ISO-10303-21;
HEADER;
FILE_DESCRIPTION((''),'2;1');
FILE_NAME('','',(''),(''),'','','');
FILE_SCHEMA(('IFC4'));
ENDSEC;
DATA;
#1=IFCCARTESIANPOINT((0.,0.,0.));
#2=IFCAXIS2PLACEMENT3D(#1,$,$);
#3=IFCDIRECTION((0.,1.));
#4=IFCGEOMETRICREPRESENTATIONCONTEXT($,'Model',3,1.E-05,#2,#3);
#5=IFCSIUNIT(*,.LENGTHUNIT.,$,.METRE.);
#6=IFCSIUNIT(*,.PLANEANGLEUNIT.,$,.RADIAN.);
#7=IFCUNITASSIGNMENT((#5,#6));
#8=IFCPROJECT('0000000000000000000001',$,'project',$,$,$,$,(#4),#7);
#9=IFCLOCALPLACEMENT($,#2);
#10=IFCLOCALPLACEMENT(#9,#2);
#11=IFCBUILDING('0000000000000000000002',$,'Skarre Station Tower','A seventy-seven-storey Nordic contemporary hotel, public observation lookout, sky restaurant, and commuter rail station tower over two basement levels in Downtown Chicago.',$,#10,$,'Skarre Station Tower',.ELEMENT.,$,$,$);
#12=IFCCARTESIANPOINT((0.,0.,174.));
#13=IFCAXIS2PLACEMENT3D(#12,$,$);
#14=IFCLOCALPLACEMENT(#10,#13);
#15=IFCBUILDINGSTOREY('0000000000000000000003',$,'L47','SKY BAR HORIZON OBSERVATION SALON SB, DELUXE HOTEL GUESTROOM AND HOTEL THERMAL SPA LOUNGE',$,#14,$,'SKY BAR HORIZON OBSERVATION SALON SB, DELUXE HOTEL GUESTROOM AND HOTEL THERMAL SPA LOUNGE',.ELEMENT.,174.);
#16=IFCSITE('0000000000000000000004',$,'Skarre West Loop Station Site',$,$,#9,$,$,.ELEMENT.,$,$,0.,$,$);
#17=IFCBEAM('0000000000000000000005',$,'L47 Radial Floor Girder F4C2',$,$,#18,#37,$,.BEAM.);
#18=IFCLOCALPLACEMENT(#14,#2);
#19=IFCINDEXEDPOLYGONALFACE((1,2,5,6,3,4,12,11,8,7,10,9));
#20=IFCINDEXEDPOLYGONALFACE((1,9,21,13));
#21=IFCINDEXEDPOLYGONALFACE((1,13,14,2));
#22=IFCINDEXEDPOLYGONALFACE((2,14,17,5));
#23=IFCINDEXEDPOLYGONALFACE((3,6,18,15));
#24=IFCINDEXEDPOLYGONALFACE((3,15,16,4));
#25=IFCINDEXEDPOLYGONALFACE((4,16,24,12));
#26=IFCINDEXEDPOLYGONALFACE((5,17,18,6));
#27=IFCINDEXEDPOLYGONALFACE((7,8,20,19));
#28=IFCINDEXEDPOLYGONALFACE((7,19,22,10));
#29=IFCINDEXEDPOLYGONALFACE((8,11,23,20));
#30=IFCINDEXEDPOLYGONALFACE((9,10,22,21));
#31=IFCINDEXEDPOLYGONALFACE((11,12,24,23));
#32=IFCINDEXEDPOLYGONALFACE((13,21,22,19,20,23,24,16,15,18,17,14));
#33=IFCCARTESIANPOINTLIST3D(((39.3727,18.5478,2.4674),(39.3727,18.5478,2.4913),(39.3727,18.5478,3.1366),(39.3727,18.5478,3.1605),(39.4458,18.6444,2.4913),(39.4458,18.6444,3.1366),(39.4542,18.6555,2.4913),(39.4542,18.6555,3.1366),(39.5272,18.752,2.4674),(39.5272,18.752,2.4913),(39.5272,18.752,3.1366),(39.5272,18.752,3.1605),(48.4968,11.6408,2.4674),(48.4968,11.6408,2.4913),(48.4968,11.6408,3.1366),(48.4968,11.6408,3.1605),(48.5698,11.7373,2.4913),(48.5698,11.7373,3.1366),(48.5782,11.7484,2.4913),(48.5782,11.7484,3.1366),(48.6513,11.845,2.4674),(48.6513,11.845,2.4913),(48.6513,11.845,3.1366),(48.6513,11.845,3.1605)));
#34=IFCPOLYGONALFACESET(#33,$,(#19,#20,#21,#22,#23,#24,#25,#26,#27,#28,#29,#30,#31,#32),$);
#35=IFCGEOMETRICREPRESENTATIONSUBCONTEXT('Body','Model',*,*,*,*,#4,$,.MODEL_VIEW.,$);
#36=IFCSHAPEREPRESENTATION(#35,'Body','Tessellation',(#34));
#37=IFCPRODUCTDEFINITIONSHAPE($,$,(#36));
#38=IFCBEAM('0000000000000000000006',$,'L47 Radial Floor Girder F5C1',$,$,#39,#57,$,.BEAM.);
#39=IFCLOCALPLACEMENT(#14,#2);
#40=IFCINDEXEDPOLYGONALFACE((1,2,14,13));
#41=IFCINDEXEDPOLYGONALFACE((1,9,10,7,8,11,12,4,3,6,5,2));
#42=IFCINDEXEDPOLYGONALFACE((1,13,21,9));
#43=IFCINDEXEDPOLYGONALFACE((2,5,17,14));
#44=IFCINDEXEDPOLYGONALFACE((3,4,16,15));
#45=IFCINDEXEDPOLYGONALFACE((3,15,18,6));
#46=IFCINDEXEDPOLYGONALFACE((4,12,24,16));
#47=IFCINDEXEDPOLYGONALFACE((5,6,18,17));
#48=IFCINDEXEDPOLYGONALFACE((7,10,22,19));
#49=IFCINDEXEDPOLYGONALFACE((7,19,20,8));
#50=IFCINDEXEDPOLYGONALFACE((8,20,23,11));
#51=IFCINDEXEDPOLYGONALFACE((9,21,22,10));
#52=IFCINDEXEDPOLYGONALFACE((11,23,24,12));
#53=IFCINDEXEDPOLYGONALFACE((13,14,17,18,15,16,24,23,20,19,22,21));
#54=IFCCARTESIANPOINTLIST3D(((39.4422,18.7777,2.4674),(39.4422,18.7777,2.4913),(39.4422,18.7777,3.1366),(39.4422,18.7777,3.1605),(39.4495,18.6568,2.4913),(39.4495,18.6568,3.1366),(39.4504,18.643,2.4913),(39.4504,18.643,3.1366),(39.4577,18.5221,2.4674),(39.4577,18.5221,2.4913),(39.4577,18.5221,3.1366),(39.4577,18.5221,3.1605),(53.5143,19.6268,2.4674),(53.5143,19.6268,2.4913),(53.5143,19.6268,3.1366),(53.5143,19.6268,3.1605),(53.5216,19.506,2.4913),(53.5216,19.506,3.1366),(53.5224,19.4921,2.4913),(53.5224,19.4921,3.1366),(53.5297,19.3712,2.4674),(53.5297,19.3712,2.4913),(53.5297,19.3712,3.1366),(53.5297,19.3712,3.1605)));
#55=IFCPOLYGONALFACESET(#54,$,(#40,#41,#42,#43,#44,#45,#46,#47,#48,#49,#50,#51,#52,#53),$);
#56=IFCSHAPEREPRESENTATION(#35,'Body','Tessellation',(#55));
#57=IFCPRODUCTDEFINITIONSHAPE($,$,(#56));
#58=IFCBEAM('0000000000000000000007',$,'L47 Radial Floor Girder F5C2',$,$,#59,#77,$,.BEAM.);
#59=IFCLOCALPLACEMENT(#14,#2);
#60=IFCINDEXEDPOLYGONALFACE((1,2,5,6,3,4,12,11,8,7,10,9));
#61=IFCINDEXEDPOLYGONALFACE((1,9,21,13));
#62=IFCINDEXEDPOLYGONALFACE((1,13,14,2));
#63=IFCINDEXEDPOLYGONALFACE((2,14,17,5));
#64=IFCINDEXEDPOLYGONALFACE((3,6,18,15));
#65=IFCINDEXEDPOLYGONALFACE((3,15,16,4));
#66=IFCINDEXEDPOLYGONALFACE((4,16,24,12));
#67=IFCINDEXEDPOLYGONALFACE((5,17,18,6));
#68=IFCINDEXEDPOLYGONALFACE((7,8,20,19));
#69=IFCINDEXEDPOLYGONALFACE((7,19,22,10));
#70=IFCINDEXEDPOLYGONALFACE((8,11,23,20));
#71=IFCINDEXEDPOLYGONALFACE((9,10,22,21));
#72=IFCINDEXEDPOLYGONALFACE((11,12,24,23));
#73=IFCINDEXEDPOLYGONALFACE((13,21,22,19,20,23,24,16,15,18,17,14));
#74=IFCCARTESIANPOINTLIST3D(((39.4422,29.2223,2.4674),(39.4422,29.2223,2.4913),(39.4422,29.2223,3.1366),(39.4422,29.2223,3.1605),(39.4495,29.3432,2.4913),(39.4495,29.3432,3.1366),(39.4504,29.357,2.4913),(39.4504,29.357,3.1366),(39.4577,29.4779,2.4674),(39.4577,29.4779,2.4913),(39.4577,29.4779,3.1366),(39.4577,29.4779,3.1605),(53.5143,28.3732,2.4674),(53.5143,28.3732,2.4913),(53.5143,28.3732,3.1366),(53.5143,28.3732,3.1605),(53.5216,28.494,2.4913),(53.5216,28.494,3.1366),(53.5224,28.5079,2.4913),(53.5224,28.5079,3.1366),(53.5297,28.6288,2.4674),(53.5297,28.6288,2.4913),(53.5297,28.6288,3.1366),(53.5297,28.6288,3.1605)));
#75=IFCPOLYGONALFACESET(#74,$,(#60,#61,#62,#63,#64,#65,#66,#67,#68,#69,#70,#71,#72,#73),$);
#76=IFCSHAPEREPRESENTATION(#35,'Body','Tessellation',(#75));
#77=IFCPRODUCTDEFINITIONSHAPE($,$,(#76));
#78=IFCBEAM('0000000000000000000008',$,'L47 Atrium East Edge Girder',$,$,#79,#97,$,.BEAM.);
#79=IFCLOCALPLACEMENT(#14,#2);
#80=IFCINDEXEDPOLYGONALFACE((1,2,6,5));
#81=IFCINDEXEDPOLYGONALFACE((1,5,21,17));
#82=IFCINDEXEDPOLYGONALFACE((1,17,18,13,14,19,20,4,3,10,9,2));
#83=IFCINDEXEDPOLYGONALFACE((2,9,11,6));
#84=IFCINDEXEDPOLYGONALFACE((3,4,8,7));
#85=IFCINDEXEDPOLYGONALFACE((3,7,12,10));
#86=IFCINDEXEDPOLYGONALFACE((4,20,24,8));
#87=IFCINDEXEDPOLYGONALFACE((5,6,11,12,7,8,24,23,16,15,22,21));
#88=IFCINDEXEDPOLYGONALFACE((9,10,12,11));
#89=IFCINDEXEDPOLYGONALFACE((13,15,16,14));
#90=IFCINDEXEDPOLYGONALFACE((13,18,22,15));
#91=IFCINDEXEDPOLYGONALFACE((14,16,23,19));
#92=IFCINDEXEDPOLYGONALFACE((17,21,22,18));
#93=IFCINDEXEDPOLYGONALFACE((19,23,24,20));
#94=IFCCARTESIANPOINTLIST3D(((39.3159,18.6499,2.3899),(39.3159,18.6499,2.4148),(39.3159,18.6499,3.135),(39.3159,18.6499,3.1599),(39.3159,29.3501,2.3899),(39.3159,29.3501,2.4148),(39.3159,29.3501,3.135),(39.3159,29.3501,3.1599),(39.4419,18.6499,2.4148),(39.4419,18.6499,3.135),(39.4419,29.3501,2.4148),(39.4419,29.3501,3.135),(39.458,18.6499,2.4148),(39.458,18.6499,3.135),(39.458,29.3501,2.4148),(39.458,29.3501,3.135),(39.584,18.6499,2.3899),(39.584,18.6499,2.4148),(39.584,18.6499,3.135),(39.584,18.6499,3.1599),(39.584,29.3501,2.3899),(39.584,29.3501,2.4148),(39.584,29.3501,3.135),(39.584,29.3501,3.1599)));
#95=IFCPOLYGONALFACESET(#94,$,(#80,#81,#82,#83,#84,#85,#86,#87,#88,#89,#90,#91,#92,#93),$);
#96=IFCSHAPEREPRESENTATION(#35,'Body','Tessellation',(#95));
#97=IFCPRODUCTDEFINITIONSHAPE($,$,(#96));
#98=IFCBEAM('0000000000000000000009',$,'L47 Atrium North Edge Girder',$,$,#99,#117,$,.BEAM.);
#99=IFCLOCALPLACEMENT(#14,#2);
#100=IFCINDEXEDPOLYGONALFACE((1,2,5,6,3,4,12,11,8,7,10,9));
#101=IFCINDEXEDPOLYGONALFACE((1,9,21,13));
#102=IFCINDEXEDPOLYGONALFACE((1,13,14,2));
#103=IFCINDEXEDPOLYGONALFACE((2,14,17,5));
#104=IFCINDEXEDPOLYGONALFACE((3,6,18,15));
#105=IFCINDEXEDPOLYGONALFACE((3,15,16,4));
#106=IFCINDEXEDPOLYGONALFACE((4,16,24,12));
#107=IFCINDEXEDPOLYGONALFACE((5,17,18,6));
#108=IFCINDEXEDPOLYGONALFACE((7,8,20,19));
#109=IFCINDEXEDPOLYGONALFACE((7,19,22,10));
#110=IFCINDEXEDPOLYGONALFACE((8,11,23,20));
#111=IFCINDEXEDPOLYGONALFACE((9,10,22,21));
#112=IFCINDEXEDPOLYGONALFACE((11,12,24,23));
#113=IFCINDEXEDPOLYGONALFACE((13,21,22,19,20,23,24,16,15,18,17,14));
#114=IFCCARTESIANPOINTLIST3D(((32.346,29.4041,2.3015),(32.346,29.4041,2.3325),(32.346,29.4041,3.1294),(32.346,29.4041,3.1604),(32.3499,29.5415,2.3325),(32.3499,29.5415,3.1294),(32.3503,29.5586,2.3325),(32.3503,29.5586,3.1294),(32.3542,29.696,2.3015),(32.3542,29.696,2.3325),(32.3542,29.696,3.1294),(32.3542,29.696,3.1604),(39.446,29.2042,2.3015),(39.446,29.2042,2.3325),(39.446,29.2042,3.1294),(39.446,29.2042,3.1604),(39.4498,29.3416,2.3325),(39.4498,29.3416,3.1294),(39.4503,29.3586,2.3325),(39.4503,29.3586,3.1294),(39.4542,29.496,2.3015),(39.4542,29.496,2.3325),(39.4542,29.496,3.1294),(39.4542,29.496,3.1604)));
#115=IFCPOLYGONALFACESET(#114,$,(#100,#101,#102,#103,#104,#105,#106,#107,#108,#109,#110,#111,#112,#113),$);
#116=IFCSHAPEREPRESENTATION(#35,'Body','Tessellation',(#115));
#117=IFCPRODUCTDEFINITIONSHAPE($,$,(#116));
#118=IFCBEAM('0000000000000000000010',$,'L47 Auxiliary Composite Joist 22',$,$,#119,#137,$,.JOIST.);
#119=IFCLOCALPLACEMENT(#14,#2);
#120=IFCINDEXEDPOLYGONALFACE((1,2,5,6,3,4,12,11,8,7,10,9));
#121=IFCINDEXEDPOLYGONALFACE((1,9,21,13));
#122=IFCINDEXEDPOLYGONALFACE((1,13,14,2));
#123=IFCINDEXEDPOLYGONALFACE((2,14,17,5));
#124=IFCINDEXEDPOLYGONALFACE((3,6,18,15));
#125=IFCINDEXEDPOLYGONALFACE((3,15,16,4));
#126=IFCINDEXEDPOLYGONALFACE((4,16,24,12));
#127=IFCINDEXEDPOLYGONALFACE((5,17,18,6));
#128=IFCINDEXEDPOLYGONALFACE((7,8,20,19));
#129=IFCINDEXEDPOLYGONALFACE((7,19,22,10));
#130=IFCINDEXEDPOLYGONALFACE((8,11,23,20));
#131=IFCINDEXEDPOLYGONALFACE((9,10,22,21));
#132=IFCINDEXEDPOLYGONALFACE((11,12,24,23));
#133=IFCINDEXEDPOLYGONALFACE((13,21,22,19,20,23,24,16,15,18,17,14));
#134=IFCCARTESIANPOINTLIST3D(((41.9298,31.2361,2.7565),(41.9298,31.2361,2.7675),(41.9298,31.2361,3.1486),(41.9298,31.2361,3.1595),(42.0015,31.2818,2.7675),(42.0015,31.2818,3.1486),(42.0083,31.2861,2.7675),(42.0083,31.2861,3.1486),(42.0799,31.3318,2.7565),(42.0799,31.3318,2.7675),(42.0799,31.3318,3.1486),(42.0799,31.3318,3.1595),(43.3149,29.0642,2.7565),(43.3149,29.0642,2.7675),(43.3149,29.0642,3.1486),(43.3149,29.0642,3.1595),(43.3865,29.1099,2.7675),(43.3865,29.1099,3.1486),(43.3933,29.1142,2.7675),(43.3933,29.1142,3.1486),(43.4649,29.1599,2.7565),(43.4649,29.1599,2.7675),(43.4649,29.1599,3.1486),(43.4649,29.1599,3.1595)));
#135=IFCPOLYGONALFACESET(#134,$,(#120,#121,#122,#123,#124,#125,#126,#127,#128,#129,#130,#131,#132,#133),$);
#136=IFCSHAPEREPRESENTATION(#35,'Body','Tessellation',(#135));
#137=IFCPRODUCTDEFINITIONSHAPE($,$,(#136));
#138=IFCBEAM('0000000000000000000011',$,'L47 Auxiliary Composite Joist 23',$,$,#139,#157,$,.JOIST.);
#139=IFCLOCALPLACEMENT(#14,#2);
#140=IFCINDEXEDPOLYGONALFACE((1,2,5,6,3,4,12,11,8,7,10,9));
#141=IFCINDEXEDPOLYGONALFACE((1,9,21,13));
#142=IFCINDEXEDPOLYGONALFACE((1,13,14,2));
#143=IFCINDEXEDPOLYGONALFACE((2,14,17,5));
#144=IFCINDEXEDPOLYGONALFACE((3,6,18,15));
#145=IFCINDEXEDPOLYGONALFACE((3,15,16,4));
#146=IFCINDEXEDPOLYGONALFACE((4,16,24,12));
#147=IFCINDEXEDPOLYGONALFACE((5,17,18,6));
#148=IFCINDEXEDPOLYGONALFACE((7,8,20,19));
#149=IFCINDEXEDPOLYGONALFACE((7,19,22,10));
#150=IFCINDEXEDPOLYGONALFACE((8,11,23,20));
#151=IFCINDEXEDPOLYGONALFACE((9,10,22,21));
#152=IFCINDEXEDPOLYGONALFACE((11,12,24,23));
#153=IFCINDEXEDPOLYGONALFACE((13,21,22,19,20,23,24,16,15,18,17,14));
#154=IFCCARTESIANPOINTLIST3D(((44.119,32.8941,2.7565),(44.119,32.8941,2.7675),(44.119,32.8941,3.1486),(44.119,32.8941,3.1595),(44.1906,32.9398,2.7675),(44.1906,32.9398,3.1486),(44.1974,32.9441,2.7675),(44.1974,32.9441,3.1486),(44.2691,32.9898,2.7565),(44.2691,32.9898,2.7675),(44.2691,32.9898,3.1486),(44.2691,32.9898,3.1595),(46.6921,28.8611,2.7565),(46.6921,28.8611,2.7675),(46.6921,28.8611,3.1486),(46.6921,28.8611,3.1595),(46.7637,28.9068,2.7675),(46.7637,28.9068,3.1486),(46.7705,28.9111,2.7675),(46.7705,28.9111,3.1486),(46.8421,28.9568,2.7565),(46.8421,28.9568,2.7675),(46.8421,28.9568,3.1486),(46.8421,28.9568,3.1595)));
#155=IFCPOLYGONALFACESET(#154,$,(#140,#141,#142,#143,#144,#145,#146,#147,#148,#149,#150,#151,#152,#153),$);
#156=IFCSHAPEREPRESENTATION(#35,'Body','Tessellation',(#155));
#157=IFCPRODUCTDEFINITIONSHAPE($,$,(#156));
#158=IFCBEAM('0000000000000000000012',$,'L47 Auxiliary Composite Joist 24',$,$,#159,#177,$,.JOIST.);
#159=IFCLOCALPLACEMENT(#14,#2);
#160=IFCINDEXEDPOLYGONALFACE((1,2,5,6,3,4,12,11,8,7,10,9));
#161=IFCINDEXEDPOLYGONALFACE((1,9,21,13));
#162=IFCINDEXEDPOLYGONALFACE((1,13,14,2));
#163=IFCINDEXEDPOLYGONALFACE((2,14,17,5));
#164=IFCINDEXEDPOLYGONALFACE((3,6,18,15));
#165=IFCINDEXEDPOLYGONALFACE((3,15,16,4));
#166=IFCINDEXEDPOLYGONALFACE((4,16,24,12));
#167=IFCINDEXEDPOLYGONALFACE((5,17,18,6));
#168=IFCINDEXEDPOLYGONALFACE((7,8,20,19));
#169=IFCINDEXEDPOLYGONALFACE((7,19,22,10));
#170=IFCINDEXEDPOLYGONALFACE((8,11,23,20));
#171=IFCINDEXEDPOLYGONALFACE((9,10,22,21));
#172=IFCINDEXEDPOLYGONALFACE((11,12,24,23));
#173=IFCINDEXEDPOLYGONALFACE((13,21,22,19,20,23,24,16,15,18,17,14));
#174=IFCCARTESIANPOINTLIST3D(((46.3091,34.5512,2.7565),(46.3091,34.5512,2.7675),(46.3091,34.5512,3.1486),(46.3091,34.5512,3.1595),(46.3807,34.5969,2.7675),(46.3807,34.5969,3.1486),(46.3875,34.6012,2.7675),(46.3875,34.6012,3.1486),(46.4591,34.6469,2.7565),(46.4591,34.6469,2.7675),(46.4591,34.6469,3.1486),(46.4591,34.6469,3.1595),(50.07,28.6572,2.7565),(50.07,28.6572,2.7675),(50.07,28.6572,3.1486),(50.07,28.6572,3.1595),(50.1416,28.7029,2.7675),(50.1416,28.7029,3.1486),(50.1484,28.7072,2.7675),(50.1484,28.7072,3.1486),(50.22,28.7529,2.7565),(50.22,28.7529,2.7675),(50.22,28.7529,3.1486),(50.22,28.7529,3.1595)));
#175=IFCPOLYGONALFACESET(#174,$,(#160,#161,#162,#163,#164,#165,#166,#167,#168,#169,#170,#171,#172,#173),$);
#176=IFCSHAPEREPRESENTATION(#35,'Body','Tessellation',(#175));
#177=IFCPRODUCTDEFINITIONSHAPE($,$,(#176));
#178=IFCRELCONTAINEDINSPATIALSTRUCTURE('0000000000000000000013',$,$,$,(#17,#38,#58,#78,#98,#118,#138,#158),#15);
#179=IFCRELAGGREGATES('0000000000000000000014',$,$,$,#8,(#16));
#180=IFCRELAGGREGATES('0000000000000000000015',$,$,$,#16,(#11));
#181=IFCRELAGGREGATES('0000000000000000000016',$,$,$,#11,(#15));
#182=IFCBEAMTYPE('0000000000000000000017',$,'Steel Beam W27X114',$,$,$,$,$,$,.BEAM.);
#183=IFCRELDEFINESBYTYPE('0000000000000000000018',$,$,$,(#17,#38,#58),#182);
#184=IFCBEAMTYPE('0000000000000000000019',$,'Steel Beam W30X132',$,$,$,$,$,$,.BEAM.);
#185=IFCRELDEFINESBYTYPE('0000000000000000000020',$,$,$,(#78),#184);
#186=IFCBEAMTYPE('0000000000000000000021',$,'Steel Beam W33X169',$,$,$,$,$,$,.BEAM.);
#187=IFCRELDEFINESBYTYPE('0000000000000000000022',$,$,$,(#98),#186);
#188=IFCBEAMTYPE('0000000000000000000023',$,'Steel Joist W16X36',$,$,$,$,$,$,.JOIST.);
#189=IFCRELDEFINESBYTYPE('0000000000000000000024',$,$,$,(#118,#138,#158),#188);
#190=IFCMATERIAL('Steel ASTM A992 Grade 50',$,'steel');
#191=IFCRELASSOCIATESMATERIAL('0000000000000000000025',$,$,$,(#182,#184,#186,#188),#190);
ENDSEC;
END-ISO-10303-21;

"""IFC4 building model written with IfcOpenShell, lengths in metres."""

from ifc_helpers import new_model, si_unit, direction, frame, origin, origin_2d, place, context, subcontext, project, spatial, i_section, extrude, material, material_profile, profile_set, type_object, element, save


model = new_model("IFC4")

# Units and contexts
model_context = context("Model", 3, precision=1e-05, world=origin(), true_north=direction((0.0, 1.0)))
body_context = subcontext(model_context, "Body", "Model", "MODEL_VIEW")
ifc_project = project(units=[si_unit("LENGTHUNIT", "METRE"), si_unit("PLANEANGLEUNIT", "RADIAN")], contexts=[model_context])

# Site, building, storey
site_placement = place(None, origin())
site = spatial("IfcSite", under=ifc_project, at=site_placement, Name="Skarre West Loop Station Site", CompositionType="ELEMENT", RefElevation=0.0)
building_placement = place(site_placement, origin())
building = spatial("IfcBuilding", under=site, at=building_placement, Name="Skarre Station Tower", Description="A seventy-seven-storey Nordic contemporary hotel, public observation lookout, sky restaurant, and commuter rail station tower over two basement levels in Downtown Chicago.", LongName="Skarre Station Tower", CompositionType="ELEMENT")
storey_placement = place(building_placement, frame((0.0, 0.0, 174.0)))
storey = spatial("IfcBuildingStorey", under=building, at=storey_placement, Name="L47", Description="SKY BAR HORIZON OBSERVATION SALON SB, DELUXE HOTEL GUESTROOM AND HOTEL THERMAL SPA LOUNGE", LongName="SKY BAR HORIZON OBSERVATION SALON SB, DELUXE HOTEL GUESTROOM AND HOTEL THERMAL SPA LOUNGE", CompositionType="ELEMENT", Elevation=174.0)

# Beams
ifc_material_1 = material(Name="Steel ASTM A992 Grade 50", Category="steel")
ifc_material_profile_1 = material_profile(ifc_material_1, i_section(OverallWidth=0.2561, OverallDepth=0.6931, WebThickness=0.0139, FlangeThickness=0.0239, at=origin_2d()), Name="Steel ASTM A992 Grade 50")
ifc_profile_set_1 = profile_set([ifc_material_profile_1], Name="Steel ASTM A992 Grade 50")
beam_type_1 = type_object("IfcBeamType", Name="Steel Beam W27X114", PredefinedType="BEAM", material=ifc_profile_set_1)
beam_1_placement = place(storey_placement, frame((39.45, 18.6499, 2.814), z_axis=(0.797309, -0.603571, 0.0), x_axis=(0.603571, 0.797309, 0.0)))
element("IfcBeam", 1, at=beam_1_placement, inside=storey, type_object=beam_type_1, Name="L47 Radial Floor Girder F4C2", PredefinedType="BEAM", context=body_context, shape_type="SweptSolid", body=[
    extrude(i_section(OverallWidth=0.2561, OverallDepth=0.6931, WebThickness=0.0139, FlangeThickness=0.0239, at=origin_2d()), origin(), (0.0, 0.0, 1.0), 11.4436),
])
for number, where, z_axis, x_axis, name in (
    (2, (39.45, 18.6499, 2.814), (0.998184, 0.060232, 0.0), (-0.060232, 0.998184, 0.0), "L47 Radial Floor Girder F5C1"),
    (3, (39.45, 29.3501, 2.814), (0.998184, -0.060232, 0.0), (0.060232, 0.998184, 0.0), "L47 Radial Floor Girder F5C2"),
):
    element("IfcBeam", number, at=place(storey_placement, frame(where, z_axis=z_axis, x_axis=x_axis)), inside=storey, type_object=beam_type_1, Name=name, PredefinedType="BEAM", context=body_context, shape_type="SweptSolid", body=[
        extrude(i_section(OverallWidth=0.2561, OverallDepth=0.6931, WebThickness=0.0139, FlangeThickness=0.0239, at=origin_2d()), origin(), (0.0, 0.0, 1.0), 14.0977),
    ])
ifc_material_profile_2 = material_profile(ifc_material_1, i_section(OverallWidth=0.2681, OverallDepth=0.77, WebThickness=0.0161, FlangeThickness=0.0249, at=origin_2d()), Name="Steel ASTM A992 Grade 50")
ifc_profile_set_2 = profile_set([ifc_material_profile_2], Name="Steel ASTM A992 Grade 50")
beam_type_2 = type_object("IfcBeamType", Name="Steel Beam W30X132", PredefinedType="BEAM", material=ifc_profile_set_2)
beam_2_placement = place(storey_placement, frame((39.45, 18.6499, 2.7749), z_axis=(0.0, 1.0, 0.0), x_axis=(-1.0, 0.0, 0.0)))
element("IfcBeam", 4, at=beam_2_placement, inside=storey, type_object=beam_type_2, Name="L47 Atrium East Edge Girder", PredefinedType="BEAM", context=body_context, shape_type="SweptSolid", body=[
    extrude(i_section(OverallWidth=0.2681, OverallDepth=0.77, WebThickness=0.0161, FlangeThickness=0.0249, at=origin_2d()), origin(), (0.0, 0.0, 1.0), 10.7002),
])
ifc_material_profile_3 = material_profile(ifc_material_1, i_section(OverallWidth=0.292, OverallDepth=0.8589, WebThickness=0.0171, FlangeThickness=0.031, at=origin_2d()), Name="Steel ASTM A992 Grade 50")
ifc_profile_set_3 = profile_set([ifc_material_profile_3], Name="Steel ASTM A992 Grade 50")
beam_type_3 = type_object("IfcBeamType", Name="Steel Beam W33X169", PredefinedType="BEAM", material=ifc_profile_set_3)
beam_3_placement = place(storey_placement, frame((32.3501, 29.55, 2.731), z_axis=(0.999604, -0.028152, 0.0), x_axis=(0.028152, 0.999604, 0.0)))
element("IfcBeam", 5, at=beam_3_placement, inside=storey, type_object=beam_type_3, Name="L47 Atrium North Edge Girder", PredefinedType="BEAM", context=body_context, shape_type="SweptSolid", body=[
    extrude(i_section(OverallWidth=0.292, OverallDepth=0.8589, WebThickness=0.0171, FlangeThickness=0.031, at=origin_2d()), origin(), (0.0, 0.0, 1.0), 7.1028),
])
ifc_material_profile_4 = material_profile(ifc_material_1, i_section(OverallWidth=0.178, OverallDepth=0.4031, WebThickness=0.0081, FlangeThickness=0.011, at=origin_2d()), Name="Steel ASTM A992 Grade 50")
ifc_profile_set_4 = profile_set([ifc_material_profile_4], Name="Steel ASTM A992 Grade 50")
beam_type_4 = type_object("IfcBeamType", Name="Steel Joist W16X36", PredefinedType="JOIST", material=ifc_profile_set_4)
beam_4_placement = place(storey_placement, frame((43.3899, 29.1121, 2.958), z_axis=(-0.537679, 0.84315, 0.0), x_axis=(-0.84315, -0.537679, 0.0)))
element("IfcBeam", 6, at=beam_4_placement, inside=storey, type_object=beam_type_4, Name="L47 Auxiliary Composite Joist 22", PredefinedType="JOIST", context=body_context, shape_type="SweptSolid", body=[
    extrude(i_section(OverallWidth=0.178, OverallDepth=0.4031, WebThickness=0.0081, FlangeThickness=0.011, at=origin_2d()), origin(), (0.0, 0.0, 1.0), 2.5759),
])
beam_5_placement = place(storey_placement, frame((46.7671, 28.9089, 2.958), z_axis=(-0.537853, 0.843039, 0.0), x_axis=(-0.843039, -0.537853, 0.0)))
element("IfcBeam", 7, at=beam_5_placement, inside=storey, type_object=beam_type_4, Name="L47 Auxiliary Composite Joist 23", PredefinedType="JOIST", context=body_context, shape_type="SweptSolid", body=[
    extrude(i_section(OverallWidth=0.178, OverallDepth=0.4031, WebThickness=0.0081, FlangeThickness=0.011, at=origin_2d()), origin(), (0.0, 0.0, 1.0), 4.7839),
])
beam_6_placement = place(storey_placement, frame((50.145, 28.7051, 2.958), z_axis=(-0.537917, 0.842998, 0.0), x_axis=(-0.842998, -0.537917, 0.0)))
element("IfcBeam", 8, at=beam_6_placement, inside=storey, type_object=beam_type_4, Name="L47 Auxiliary Composite Joist 24", PredefinedType="JOIST", context=body_context, shape_type="SweptSolid", body=[
    extrude(i_section(OverallWidth=0.178, OverallDepth=0.4031, WebThickness=0.0081, FlangeThickness=0.011, at=origin_2d()), origin(), (0.0, 0.0, 1.0), 6.9917),
])

save(model, "model.ifc")
